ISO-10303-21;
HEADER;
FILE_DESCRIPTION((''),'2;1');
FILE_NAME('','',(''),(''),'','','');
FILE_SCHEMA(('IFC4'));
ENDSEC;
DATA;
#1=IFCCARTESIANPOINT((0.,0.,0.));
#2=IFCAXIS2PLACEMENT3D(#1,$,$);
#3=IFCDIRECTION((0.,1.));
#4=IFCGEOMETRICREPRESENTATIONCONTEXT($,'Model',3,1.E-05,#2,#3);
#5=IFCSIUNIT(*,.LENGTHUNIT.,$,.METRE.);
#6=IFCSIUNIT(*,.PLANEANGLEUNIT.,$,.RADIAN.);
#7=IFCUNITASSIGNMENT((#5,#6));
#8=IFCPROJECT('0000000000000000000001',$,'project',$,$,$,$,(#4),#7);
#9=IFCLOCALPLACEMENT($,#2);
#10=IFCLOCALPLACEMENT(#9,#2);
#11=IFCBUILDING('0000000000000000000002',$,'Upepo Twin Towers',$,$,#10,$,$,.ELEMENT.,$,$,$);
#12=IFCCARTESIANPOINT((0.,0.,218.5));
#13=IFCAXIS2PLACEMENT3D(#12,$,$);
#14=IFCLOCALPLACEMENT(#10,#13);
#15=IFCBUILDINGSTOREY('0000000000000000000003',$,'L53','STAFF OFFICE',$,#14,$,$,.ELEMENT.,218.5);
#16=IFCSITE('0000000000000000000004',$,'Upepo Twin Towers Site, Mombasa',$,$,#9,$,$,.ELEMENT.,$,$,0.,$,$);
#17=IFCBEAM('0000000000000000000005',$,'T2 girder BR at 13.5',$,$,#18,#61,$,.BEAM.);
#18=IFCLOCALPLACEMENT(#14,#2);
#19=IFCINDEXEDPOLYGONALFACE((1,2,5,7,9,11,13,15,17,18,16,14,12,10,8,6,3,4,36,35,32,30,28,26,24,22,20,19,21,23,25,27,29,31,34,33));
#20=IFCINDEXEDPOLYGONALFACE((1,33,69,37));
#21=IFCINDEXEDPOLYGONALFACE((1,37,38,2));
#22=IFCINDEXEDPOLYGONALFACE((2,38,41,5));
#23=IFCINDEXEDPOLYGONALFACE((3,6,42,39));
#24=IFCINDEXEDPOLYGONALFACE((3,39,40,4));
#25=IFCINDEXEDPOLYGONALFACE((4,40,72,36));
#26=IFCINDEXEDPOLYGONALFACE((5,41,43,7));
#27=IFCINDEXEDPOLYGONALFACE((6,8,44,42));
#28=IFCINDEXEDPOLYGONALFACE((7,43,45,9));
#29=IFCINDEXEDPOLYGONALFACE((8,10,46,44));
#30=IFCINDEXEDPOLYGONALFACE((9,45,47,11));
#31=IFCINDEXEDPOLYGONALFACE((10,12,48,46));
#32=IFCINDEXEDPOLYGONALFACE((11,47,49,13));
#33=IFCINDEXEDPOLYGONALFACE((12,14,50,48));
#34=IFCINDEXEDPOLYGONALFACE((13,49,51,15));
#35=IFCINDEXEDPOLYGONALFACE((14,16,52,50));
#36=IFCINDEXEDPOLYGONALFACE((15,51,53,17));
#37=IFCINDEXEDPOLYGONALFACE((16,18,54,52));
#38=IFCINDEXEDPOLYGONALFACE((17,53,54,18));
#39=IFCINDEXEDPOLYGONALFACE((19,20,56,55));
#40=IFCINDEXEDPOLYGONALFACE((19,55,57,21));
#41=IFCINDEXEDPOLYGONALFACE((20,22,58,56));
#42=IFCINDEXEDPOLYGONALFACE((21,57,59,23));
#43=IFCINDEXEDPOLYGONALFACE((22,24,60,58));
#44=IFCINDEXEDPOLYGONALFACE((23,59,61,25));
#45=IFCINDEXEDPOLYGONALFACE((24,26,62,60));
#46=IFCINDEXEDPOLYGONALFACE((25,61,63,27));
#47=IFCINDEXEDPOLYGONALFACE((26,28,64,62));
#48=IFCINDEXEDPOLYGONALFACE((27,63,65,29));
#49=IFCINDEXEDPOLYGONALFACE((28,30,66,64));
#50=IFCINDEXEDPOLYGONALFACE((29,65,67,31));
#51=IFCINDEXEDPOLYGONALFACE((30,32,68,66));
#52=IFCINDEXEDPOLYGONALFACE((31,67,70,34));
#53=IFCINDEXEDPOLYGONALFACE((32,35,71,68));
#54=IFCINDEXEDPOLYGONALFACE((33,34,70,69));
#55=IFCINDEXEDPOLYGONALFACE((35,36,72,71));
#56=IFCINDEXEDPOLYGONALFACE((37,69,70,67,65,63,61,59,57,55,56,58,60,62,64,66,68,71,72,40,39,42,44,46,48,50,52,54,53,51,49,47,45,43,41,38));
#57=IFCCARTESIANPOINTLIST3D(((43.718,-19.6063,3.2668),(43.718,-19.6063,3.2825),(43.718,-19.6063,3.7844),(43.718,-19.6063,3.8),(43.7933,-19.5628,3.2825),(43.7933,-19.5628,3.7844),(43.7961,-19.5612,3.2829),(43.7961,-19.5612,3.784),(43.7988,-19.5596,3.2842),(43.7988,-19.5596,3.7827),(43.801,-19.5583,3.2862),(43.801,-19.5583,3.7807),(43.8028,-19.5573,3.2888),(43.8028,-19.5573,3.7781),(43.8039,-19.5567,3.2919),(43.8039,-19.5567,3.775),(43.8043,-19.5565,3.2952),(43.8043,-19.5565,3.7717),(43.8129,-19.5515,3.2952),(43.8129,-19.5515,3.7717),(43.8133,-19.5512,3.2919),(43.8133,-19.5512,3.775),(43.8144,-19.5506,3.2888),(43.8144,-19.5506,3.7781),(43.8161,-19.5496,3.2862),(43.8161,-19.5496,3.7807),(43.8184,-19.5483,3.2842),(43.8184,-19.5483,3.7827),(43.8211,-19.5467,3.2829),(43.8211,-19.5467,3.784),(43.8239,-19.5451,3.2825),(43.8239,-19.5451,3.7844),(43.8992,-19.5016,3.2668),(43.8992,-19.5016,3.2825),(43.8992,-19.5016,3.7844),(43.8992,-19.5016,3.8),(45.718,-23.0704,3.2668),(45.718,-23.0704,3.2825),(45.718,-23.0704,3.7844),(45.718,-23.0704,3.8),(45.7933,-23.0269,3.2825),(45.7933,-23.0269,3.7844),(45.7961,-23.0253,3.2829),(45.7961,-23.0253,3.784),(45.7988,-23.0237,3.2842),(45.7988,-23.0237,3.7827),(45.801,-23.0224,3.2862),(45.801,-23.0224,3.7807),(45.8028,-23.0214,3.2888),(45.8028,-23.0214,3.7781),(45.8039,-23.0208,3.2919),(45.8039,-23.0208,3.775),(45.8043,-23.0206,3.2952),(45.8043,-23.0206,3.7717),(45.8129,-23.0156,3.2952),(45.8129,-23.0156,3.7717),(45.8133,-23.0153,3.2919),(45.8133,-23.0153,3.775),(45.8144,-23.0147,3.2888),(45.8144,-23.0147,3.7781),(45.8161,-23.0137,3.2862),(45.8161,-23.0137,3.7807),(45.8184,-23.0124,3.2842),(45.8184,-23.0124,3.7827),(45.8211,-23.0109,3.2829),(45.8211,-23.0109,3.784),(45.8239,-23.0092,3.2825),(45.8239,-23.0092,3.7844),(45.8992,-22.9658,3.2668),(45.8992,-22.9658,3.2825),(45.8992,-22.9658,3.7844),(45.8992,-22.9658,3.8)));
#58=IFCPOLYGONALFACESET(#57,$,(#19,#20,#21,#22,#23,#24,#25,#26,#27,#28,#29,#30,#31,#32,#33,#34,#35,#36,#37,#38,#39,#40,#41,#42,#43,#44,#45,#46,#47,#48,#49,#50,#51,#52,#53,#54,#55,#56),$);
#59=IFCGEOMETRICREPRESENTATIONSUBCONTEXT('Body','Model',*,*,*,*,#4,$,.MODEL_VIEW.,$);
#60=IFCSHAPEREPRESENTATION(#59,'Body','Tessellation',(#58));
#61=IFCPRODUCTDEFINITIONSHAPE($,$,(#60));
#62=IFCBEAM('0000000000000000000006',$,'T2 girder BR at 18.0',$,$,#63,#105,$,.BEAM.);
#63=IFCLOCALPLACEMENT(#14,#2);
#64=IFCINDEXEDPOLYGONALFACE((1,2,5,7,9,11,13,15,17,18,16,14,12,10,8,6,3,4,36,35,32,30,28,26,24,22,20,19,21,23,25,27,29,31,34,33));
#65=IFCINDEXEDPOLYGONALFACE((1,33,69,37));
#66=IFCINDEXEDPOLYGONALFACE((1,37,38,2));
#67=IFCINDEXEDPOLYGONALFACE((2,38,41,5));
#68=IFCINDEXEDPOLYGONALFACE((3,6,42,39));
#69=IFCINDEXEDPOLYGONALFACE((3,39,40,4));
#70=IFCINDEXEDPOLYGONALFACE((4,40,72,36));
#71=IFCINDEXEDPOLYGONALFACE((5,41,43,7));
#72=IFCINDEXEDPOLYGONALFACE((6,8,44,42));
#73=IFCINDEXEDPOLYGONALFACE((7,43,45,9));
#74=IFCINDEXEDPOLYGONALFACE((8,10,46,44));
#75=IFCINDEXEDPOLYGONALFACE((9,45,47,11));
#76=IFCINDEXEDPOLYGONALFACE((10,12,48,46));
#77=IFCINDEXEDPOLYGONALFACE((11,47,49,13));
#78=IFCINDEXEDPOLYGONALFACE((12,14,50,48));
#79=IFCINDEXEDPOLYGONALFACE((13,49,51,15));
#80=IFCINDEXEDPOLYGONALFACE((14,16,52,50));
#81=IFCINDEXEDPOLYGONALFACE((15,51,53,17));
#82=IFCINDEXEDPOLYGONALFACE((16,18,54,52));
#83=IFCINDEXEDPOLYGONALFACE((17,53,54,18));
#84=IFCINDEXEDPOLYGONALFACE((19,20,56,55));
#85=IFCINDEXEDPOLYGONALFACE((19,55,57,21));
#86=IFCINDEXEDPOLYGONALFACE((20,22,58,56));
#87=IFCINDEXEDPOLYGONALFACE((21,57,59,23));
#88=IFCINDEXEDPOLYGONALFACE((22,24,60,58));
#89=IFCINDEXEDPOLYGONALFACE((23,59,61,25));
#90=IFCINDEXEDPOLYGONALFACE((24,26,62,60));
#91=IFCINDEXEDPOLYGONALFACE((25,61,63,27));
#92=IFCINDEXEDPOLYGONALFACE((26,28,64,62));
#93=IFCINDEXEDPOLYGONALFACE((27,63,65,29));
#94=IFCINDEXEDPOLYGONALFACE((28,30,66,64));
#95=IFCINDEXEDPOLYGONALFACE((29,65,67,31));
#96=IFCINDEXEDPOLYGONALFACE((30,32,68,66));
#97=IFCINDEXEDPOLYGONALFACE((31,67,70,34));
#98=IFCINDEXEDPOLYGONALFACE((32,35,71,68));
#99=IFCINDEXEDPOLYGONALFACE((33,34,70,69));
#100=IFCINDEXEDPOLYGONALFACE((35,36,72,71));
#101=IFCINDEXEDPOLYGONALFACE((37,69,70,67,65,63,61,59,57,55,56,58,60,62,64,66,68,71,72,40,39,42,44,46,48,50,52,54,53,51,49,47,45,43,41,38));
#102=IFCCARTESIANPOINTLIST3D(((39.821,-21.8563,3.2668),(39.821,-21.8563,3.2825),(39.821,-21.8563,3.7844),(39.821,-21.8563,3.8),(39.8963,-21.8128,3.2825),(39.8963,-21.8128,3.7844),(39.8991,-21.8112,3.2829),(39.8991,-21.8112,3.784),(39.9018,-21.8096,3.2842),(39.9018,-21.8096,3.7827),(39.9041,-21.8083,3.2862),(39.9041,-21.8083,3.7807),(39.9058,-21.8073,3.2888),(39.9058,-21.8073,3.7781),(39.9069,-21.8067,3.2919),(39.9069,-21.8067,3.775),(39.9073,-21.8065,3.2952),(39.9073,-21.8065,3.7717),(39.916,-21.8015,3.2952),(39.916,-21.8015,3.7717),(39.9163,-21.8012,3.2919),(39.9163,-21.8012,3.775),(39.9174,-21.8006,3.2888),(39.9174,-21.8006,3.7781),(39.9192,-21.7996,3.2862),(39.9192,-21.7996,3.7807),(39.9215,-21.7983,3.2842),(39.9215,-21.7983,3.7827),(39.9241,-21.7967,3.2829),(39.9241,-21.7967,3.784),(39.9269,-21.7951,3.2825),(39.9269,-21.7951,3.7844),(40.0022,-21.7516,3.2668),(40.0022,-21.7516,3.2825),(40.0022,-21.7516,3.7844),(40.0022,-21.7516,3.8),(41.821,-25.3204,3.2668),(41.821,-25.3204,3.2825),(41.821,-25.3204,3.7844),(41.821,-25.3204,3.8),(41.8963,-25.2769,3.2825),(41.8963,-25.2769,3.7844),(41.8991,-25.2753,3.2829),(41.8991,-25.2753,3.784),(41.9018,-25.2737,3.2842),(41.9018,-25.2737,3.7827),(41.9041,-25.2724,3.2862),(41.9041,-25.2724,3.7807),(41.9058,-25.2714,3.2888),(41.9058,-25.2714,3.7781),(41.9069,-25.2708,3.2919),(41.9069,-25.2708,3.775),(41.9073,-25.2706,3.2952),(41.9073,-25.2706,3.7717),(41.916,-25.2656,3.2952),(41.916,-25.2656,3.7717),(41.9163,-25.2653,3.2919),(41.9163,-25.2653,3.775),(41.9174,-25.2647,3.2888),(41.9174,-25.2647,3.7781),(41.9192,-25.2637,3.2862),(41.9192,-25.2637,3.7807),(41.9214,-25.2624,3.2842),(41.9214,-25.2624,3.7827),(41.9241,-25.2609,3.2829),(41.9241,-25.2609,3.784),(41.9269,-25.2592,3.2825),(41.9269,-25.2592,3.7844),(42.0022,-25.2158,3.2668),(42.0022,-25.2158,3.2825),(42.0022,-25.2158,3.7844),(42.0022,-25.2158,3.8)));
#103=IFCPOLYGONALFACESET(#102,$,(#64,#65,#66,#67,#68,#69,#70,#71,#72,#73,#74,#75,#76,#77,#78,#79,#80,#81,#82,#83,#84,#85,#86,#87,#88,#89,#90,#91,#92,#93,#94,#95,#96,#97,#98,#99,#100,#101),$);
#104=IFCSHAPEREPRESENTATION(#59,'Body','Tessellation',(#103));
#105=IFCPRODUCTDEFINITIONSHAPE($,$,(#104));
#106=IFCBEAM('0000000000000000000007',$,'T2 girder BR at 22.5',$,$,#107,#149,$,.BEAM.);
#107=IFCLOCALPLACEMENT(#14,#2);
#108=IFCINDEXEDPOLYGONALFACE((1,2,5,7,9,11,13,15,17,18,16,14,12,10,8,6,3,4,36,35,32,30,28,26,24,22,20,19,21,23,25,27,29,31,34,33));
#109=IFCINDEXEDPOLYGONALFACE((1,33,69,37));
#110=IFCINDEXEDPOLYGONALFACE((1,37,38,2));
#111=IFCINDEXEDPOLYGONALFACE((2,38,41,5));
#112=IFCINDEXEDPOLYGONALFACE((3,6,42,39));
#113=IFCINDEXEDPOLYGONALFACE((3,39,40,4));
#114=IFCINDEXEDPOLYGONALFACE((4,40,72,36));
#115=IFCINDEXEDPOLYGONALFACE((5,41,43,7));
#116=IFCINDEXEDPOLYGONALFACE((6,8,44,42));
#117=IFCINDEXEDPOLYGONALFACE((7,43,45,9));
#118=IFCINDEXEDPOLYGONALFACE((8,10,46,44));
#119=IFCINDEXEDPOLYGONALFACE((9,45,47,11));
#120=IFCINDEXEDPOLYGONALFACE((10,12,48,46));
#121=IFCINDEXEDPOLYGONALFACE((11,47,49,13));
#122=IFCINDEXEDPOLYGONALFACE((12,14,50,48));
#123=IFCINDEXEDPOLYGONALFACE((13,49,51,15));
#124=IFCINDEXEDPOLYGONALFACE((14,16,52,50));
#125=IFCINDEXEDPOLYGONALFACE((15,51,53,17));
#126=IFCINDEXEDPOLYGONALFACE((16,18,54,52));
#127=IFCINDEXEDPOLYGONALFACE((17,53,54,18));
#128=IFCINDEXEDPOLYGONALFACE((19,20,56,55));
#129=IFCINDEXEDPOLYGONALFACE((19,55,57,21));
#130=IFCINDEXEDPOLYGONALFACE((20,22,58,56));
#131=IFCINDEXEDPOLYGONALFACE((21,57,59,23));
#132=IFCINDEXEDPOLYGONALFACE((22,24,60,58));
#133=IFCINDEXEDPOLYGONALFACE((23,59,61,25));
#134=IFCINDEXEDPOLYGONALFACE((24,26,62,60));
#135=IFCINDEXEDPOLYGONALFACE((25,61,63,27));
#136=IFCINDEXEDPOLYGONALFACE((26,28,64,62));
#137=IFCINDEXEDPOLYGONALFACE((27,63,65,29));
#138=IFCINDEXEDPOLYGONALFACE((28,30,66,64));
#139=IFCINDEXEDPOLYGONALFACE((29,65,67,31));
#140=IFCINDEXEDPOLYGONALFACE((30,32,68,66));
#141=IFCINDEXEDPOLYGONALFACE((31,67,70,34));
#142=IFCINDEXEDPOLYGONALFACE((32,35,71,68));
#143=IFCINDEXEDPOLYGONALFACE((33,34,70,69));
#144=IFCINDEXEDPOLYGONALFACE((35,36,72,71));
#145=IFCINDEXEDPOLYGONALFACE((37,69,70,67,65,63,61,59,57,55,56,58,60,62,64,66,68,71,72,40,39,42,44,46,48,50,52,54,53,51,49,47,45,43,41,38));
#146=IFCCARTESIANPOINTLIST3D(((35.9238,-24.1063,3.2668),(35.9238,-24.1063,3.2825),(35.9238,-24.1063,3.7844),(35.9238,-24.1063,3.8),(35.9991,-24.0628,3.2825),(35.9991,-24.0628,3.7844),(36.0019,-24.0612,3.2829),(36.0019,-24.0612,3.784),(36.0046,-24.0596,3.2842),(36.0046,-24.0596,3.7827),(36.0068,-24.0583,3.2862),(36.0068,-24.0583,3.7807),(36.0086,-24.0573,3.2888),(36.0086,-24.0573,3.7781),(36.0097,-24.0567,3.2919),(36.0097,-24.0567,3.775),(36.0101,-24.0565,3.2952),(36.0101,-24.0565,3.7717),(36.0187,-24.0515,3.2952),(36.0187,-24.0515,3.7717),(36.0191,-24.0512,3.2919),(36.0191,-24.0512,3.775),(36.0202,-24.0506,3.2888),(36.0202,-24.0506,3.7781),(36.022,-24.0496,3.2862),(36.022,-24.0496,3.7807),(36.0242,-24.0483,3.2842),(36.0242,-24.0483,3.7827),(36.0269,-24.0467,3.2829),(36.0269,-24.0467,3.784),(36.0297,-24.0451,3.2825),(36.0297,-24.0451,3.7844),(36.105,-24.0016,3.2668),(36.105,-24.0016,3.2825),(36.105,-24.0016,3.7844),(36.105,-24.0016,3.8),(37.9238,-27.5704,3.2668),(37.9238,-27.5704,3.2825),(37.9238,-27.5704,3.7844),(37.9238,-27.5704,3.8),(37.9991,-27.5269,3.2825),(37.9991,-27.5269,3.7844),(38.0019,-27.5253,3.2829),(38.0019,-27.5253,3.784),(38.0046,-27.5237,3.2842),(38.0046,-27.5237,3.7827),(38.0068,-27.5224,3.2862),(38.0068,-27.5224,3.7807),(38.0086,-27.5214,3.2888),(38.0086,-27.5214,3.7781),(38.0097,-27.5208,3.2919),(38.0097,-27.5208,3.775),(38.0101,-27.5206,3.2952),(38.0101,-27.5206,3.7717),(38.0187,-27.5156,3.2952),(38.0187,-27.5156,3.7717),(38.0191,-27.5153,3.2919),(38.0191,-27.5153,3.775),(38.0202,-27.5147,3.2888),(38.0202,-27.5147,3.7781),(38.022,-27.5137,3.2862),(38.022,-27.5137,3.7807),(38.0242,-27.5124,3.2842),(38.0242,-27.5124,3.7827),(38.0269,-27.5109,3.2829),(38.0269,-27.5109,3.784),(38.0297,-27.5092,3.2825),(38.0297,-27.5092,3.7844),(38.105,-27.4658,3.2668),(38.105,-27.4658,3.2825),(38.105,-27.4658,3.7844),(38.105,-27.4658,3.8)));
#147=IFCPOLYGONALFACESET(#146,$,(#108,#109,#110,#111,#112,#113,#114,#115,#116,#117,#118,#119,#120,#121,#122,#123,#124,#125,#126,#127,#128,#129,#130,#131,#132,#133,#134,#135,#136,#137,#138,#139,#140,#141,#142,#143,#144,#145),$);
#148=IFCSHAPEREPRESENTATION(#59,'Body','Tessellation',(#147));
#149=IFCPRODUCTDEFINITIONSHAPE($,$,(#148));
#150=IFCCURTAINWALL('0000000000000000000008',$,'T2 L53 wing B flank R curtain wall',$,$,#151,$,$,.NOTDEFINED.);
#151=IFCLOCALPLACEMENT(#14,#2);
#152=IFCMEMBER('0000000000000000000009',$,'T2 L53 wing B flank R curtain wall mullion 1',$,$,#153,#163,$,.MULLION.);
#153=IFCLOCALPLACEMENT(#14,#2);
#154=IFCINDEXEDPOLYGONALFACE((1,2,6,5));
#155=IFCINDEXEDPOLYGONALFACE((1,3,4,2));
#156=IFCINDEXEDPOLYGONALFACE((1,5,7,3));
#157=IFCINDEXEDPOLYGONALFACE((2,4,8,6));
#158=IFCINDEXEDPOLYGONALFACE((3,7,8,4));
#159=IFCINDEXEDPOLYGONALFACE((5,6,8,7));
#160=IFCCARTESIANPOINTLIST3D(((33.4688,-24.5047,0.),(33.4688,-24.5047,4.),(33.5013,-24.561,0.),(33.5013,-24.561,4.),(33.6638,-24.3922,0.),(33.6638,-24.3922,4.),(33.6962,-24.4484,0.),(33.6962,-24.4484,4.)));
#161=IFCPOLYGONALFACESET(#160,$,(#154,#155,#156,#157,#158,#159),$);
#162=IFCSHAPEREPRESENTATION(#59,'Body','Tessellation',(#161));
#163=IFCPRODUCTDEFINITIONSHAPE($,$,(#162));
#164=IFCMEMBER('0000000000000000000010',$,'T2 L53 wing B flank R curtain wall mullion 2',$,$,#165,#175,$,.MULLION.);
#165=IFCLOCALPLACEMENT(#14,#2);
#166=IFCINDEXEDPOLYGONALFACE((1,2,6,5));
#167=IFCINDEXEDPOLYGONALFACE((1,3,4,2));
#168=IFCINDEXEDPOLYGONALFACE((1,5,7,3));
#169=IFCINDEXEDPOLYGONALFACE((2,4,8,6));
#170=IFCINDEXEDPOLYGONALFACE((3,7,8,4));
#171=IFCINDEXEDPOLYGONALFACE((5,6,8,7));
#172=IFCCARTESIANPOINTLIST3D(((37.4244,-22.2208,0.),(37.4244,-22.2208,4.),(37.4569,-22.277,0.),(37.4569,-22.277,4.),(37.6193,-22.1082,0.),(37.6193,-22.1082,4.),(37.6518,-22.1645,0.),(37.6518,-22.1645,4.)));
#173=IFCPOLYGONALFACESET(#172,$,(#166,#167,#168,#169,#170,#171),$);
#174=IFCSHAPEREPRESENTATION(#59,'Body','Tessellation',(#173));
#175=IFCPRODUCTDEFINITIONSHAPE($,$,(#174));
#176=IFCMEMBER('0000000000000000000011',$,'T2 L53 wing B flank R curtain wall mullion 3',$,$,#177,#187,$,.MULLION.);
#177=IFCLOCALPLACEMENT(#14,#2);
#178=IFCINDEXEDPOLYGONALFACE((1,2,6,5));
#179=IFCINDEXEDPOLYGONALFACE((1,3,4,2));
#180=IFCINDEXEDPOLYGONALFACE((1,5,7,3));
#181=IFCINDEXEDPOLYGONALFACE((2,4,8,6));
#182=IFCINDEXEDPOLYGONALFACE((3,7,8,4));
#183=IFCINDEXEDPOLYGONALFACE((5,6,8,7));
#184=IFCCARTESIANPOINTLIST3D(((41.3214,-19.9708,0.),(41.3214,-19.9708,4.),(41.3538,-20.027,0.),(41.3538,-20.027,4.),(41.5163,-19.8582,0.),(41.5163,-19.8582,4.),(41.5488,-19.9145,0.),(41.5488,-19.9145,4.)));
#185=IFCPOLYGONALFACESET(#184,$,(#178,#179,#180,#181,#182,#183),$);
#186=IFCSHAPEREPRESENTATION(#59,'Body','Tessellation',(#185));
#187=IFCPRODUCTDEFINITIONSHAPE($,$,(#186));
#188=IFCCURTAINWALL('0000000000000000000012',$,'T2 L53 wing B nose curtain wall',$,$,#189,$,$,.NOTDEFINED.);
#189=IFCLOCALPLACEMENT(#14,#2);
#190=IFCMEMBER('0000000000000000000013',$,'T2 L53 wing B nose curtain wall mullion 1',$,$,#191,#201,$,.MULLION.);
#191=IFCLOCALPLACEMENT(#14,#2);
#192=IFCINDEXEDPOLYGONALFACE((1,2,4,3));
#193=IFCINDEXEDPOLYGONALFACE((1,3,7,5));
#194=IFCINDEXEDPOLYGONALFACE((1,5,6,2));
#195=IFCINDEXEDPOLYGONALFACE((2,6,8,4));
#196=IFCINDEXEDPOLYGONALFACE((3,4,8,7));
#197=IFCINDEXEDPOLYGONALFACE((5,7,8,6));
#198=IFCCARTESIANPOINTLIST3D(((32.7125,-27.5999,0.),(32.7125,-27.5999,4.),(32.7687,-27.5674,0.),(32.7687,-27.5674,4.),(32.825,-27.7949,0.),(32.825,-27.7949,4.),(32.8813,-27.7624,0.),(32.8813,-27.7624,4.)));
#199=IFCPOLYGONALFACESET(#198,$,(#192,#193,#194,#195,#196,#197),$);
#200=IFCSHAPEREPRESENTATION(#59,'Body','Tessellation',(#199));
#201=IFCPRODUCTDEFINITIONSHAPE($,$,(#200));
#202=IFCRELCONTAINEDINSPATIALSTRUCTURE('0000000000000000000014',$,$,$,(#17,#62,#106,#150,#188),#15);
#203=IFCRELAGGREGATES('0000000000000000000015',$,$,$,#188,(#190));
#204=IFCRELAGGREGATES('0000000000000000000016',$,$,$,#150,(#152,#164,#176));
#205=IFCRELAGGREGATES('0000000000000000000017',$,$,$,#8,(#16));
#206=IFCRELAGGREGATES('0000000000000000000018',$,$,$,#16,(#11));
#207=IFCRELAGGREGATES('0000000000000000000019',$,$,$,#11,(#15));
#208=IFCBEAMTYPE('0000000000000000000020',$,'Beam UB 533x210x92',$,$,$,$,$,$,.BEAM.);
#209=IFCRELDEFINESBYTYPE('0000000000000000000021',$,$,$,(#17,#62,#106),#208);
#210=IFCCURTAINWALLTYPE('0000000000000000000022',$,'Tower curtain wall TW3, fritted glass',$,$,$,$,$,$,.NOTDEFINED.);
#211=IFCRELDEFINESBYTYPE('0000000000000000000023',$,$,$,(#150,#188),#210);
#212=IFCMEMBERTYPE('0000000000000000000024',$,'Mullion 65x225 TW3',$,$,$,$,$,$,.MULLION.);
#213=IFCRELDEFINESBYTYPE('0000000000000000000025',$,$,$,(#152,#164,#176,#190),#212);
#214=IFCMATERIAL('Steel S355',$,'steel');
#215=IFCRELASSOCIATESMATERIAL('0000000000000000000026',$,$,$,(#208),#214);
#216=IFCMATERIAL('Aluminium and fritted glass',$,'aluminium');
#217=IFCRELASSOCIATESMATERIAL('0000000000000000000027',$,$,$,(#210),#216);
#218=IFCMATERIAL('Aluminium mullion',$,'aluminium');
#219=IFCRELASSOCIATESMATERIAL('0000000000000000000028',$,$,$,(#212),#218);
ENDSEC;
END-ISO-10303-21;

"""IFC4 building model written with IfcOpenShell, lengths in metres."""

from ifc_helpers import new_model, si_unit, direction, frame, origin, origin_2d, place, context, subcontext, project, spatial, rectangle, i_section, extrude, material, material_profile, profile_set, type_object, element, aggregate, save


model = new_model("IFC4")

# Units and contexts
model_context = context("Model", 3, precision=1e-05, world=origin(), true_north=direction((0.0, 1.0)))
body_context = subcontext(model_context, "Body", "Model", "MODEL_VIEW")
ifc_project = project(units=[si_unit("LENGTHUNIT", "METRE"), si_unit("PLANEANGLEUNIT", "RADIAN")], contexts=[model_context])

# Site, building, storey
site_placement = place(None, origin())
site = spatial("IfcSite", under=ifc_project, at=site_placement, Name="Upepo Twin Towers Site, Mombasa", CompositionType="ELEMENT", RefElevation=0.0)
building_placement = place(site_placement, origin())
building = spatial("IfcBuilding", under=site, at=building_placement, Name="Upepo Twin Towers", CompositionType="ELEMENT")
storey_placement = place(building_placement, frame((0.0, 0.0, 218.5)))
storey = spatial("IfcBuildingStorey", under=building, at=storey_placement, Name="L53", Description="STAFF OFFICE", CompositionType="ELEMENT", Elevation=218.5)

# Beams
ifc_material_1 = material(Name="Steel S355", Category="steel")
ifc_material_profile_1 = material_profile(ifc_material_1, i_section(OverallWidth=0.2092, OverallDepth=0.5332, WebThickness=0.01, FlangeThickness=0.0156, FilletRadius=0.0127, at=origin_2d()), Name="UB 533x210x92")
ifc_profile_set_1 = profile_set([ifc_material_profile_1], Name="Steel S355")
beam_type_1 = type_object("IfcBeamType", Name="Beam UB 533x210x92", PredefinedType="BEAM", material=ifc_profile_set_1)
for number, where, z_axis, x_axis, name in (
    (1, (43.8086, -19.554, 3.5334), (0.499999, -0.866026, 0.0), (0.866026, 0.499999, 0.0), "T2 girder BR at 13.5"),
    (2, (39.9116, -21.804, 3.5334), (0.499999, -0.866026, 0.0), (0.866026, 0.499999, 0.0), "T2 girder BR at 18.0"),
    (3, (36.0144, -24.054, 3.5334), (0.499999, -0.866026, 0.0), (0.866026, 0.499999, 0.0), "T2 girder BR at 22.5"),
):
    element("IfcBeam", number, at=place(storey_placement, frame(where, z_axis=z_axis, x_axis=x_axis)), inside=storey, type_object=beam_type_1, Name=name, PredefinedType="BEAM", context=body_context, shape_type="SweptSolid", body=[
        extrude(i_section(OverallWidth=0.2092, OverallDepth=0.5332, WebThickness=0.01, FlangeThickness=0.0156, FilletRadius=0.0127, at=origin_2d()), origin(), (0.0, 0.0, 1.0), 4.0),
    ])

# Curtain wall, members
ifc_material_2 = material(Name="Aluminium and fritted glass", Category="aluminium")
curtain_wall_type = type_object("IfcCurtainWallType", Name="Tower curtain wall TW3, fritted glass", PredefinedType="NOTDEFINED", material=ifc_material_2)
curtain_wall_1_placement = place(storey_placement, origin())
curtain_wall_1 = element("IfcCurtainWall", 4, at=curtain_wall_1_placement, inside=storey, type_object=curtain_wall_type, Name="T2 L53 wing B flank R curtain wall", PredefinedType="NOTDEFINED")
ifc_material_3 = material(Name="Aluminium mullion", Category="aluminium")
ifc_material_profile_2 = material_profile(ifc_material_3, rectangle(XDim=0.0649, YDim=0.2251, at=origin_2d()), Name="MULLION 65x225")
ifc_profile_set_2 = profile_set([ifc_material_profile_2], Name="Aluminium mullion")
member_type_1 = type_object("IfcMemberType", Name="Mullion 65x225 TW3", PredefinedType="MULLION", material=ifc_profile_set_2)
member_1_placement = place(storey_placement, frame((33.5825, -24.4766, 0.0), z_axis=(0.0, 0.0, 1.0), x_axis=(-0.5, 0.866025, 0.0)))
member_1 = element("IfcMember", 5, at=member_1_placement, type_object=member_type_1, Name="T2 L53 wing B flank R curtain wall mullion 1", PredefinedType="MULLION", context=body_context, shape_type="SweptSolid", body=[
    extrude(rectangle(XDim=0.0649, YDim=0.2251, at=origin_2d()), origin(), (0.0, 0.0, 1.0), 4.0),
])
member_2_placement = place(storey_placement, frame((37.5381, -22.1926, 0.0), z_axis=(0.0, 0.0, 1.0), x_axis=(-0.5, 0.866025, 0.0)))
member_2 = element("IfcMember", 6, at=member_2_placement, type_object=member_type_1, Name="T2 L53 wing B flank R curtain wall mullion 2", PredefinedType="MULLION", context=body_context, shape_type="SweptSolid", body=[
    extrude(rectangle(XDim=0.0649, YDim=0.2251, at=origin_2d()), origin(), (0.0, 0.0, 1.0), 4.0),
])
member_3_placement = place(storey_placement, frame((41.4351, -19.9426, 0.0), z_axis=(0.0, 0.0, 1.0), x_axis=(-0.5, 0.866025, 0.0)))
member_3 = element("IfcMember", 7, at=member_3_placement, type_object=member_type_1, Name="T2 L53 wing B flank R curtain wall mullion 3", PredefinedType="MULLION", context=body_context, shape_type="SweptSolid", body=[
    extrude(rectangle(XDim=0.0649, YDim=0.2251, at=origin_2d()), origin(), (0.0, 0.0, 1.0), 4.0),
])

# Curtain wall, member
curtain_wall_2_placement = place(storey_placement, origin())
curtain_wall_2 = element("IfcCurtainWall", 8, at=curtain_wall_2_placement, inside=storey, type_object=curtain_wall_type, Name="T2 L53 wing B nose curtain wall", PredefinedType="NOTDEFINED")
member_4_placement = place(storey_placement, frame((32.7969, -27.6812, 0.0), z_axis=(0.0, 0.0, 1.0), x_axis=(0.866025, 0.5, 0.0)))
member_4 = element("IfcMember", 9, at=member_4_placement, type_object=member_type_1, Name="T2 L53 wing B nose curtain wall mullion 1", PredefinedType="MULLION", context=body_context, shape_type="SweptSolid", body=[
    extrude(rectangle(XDim=0.0649, YDim=0.2251, at=origin_2d()), origin(), (0.0, 0.0, 1.0), 4.0),
])
aggregate(curtain_wall_2, [member_4])

aggregate(curtain_wall_1, [member_1, member_2, member_3])

save(model, "model.ifc")
